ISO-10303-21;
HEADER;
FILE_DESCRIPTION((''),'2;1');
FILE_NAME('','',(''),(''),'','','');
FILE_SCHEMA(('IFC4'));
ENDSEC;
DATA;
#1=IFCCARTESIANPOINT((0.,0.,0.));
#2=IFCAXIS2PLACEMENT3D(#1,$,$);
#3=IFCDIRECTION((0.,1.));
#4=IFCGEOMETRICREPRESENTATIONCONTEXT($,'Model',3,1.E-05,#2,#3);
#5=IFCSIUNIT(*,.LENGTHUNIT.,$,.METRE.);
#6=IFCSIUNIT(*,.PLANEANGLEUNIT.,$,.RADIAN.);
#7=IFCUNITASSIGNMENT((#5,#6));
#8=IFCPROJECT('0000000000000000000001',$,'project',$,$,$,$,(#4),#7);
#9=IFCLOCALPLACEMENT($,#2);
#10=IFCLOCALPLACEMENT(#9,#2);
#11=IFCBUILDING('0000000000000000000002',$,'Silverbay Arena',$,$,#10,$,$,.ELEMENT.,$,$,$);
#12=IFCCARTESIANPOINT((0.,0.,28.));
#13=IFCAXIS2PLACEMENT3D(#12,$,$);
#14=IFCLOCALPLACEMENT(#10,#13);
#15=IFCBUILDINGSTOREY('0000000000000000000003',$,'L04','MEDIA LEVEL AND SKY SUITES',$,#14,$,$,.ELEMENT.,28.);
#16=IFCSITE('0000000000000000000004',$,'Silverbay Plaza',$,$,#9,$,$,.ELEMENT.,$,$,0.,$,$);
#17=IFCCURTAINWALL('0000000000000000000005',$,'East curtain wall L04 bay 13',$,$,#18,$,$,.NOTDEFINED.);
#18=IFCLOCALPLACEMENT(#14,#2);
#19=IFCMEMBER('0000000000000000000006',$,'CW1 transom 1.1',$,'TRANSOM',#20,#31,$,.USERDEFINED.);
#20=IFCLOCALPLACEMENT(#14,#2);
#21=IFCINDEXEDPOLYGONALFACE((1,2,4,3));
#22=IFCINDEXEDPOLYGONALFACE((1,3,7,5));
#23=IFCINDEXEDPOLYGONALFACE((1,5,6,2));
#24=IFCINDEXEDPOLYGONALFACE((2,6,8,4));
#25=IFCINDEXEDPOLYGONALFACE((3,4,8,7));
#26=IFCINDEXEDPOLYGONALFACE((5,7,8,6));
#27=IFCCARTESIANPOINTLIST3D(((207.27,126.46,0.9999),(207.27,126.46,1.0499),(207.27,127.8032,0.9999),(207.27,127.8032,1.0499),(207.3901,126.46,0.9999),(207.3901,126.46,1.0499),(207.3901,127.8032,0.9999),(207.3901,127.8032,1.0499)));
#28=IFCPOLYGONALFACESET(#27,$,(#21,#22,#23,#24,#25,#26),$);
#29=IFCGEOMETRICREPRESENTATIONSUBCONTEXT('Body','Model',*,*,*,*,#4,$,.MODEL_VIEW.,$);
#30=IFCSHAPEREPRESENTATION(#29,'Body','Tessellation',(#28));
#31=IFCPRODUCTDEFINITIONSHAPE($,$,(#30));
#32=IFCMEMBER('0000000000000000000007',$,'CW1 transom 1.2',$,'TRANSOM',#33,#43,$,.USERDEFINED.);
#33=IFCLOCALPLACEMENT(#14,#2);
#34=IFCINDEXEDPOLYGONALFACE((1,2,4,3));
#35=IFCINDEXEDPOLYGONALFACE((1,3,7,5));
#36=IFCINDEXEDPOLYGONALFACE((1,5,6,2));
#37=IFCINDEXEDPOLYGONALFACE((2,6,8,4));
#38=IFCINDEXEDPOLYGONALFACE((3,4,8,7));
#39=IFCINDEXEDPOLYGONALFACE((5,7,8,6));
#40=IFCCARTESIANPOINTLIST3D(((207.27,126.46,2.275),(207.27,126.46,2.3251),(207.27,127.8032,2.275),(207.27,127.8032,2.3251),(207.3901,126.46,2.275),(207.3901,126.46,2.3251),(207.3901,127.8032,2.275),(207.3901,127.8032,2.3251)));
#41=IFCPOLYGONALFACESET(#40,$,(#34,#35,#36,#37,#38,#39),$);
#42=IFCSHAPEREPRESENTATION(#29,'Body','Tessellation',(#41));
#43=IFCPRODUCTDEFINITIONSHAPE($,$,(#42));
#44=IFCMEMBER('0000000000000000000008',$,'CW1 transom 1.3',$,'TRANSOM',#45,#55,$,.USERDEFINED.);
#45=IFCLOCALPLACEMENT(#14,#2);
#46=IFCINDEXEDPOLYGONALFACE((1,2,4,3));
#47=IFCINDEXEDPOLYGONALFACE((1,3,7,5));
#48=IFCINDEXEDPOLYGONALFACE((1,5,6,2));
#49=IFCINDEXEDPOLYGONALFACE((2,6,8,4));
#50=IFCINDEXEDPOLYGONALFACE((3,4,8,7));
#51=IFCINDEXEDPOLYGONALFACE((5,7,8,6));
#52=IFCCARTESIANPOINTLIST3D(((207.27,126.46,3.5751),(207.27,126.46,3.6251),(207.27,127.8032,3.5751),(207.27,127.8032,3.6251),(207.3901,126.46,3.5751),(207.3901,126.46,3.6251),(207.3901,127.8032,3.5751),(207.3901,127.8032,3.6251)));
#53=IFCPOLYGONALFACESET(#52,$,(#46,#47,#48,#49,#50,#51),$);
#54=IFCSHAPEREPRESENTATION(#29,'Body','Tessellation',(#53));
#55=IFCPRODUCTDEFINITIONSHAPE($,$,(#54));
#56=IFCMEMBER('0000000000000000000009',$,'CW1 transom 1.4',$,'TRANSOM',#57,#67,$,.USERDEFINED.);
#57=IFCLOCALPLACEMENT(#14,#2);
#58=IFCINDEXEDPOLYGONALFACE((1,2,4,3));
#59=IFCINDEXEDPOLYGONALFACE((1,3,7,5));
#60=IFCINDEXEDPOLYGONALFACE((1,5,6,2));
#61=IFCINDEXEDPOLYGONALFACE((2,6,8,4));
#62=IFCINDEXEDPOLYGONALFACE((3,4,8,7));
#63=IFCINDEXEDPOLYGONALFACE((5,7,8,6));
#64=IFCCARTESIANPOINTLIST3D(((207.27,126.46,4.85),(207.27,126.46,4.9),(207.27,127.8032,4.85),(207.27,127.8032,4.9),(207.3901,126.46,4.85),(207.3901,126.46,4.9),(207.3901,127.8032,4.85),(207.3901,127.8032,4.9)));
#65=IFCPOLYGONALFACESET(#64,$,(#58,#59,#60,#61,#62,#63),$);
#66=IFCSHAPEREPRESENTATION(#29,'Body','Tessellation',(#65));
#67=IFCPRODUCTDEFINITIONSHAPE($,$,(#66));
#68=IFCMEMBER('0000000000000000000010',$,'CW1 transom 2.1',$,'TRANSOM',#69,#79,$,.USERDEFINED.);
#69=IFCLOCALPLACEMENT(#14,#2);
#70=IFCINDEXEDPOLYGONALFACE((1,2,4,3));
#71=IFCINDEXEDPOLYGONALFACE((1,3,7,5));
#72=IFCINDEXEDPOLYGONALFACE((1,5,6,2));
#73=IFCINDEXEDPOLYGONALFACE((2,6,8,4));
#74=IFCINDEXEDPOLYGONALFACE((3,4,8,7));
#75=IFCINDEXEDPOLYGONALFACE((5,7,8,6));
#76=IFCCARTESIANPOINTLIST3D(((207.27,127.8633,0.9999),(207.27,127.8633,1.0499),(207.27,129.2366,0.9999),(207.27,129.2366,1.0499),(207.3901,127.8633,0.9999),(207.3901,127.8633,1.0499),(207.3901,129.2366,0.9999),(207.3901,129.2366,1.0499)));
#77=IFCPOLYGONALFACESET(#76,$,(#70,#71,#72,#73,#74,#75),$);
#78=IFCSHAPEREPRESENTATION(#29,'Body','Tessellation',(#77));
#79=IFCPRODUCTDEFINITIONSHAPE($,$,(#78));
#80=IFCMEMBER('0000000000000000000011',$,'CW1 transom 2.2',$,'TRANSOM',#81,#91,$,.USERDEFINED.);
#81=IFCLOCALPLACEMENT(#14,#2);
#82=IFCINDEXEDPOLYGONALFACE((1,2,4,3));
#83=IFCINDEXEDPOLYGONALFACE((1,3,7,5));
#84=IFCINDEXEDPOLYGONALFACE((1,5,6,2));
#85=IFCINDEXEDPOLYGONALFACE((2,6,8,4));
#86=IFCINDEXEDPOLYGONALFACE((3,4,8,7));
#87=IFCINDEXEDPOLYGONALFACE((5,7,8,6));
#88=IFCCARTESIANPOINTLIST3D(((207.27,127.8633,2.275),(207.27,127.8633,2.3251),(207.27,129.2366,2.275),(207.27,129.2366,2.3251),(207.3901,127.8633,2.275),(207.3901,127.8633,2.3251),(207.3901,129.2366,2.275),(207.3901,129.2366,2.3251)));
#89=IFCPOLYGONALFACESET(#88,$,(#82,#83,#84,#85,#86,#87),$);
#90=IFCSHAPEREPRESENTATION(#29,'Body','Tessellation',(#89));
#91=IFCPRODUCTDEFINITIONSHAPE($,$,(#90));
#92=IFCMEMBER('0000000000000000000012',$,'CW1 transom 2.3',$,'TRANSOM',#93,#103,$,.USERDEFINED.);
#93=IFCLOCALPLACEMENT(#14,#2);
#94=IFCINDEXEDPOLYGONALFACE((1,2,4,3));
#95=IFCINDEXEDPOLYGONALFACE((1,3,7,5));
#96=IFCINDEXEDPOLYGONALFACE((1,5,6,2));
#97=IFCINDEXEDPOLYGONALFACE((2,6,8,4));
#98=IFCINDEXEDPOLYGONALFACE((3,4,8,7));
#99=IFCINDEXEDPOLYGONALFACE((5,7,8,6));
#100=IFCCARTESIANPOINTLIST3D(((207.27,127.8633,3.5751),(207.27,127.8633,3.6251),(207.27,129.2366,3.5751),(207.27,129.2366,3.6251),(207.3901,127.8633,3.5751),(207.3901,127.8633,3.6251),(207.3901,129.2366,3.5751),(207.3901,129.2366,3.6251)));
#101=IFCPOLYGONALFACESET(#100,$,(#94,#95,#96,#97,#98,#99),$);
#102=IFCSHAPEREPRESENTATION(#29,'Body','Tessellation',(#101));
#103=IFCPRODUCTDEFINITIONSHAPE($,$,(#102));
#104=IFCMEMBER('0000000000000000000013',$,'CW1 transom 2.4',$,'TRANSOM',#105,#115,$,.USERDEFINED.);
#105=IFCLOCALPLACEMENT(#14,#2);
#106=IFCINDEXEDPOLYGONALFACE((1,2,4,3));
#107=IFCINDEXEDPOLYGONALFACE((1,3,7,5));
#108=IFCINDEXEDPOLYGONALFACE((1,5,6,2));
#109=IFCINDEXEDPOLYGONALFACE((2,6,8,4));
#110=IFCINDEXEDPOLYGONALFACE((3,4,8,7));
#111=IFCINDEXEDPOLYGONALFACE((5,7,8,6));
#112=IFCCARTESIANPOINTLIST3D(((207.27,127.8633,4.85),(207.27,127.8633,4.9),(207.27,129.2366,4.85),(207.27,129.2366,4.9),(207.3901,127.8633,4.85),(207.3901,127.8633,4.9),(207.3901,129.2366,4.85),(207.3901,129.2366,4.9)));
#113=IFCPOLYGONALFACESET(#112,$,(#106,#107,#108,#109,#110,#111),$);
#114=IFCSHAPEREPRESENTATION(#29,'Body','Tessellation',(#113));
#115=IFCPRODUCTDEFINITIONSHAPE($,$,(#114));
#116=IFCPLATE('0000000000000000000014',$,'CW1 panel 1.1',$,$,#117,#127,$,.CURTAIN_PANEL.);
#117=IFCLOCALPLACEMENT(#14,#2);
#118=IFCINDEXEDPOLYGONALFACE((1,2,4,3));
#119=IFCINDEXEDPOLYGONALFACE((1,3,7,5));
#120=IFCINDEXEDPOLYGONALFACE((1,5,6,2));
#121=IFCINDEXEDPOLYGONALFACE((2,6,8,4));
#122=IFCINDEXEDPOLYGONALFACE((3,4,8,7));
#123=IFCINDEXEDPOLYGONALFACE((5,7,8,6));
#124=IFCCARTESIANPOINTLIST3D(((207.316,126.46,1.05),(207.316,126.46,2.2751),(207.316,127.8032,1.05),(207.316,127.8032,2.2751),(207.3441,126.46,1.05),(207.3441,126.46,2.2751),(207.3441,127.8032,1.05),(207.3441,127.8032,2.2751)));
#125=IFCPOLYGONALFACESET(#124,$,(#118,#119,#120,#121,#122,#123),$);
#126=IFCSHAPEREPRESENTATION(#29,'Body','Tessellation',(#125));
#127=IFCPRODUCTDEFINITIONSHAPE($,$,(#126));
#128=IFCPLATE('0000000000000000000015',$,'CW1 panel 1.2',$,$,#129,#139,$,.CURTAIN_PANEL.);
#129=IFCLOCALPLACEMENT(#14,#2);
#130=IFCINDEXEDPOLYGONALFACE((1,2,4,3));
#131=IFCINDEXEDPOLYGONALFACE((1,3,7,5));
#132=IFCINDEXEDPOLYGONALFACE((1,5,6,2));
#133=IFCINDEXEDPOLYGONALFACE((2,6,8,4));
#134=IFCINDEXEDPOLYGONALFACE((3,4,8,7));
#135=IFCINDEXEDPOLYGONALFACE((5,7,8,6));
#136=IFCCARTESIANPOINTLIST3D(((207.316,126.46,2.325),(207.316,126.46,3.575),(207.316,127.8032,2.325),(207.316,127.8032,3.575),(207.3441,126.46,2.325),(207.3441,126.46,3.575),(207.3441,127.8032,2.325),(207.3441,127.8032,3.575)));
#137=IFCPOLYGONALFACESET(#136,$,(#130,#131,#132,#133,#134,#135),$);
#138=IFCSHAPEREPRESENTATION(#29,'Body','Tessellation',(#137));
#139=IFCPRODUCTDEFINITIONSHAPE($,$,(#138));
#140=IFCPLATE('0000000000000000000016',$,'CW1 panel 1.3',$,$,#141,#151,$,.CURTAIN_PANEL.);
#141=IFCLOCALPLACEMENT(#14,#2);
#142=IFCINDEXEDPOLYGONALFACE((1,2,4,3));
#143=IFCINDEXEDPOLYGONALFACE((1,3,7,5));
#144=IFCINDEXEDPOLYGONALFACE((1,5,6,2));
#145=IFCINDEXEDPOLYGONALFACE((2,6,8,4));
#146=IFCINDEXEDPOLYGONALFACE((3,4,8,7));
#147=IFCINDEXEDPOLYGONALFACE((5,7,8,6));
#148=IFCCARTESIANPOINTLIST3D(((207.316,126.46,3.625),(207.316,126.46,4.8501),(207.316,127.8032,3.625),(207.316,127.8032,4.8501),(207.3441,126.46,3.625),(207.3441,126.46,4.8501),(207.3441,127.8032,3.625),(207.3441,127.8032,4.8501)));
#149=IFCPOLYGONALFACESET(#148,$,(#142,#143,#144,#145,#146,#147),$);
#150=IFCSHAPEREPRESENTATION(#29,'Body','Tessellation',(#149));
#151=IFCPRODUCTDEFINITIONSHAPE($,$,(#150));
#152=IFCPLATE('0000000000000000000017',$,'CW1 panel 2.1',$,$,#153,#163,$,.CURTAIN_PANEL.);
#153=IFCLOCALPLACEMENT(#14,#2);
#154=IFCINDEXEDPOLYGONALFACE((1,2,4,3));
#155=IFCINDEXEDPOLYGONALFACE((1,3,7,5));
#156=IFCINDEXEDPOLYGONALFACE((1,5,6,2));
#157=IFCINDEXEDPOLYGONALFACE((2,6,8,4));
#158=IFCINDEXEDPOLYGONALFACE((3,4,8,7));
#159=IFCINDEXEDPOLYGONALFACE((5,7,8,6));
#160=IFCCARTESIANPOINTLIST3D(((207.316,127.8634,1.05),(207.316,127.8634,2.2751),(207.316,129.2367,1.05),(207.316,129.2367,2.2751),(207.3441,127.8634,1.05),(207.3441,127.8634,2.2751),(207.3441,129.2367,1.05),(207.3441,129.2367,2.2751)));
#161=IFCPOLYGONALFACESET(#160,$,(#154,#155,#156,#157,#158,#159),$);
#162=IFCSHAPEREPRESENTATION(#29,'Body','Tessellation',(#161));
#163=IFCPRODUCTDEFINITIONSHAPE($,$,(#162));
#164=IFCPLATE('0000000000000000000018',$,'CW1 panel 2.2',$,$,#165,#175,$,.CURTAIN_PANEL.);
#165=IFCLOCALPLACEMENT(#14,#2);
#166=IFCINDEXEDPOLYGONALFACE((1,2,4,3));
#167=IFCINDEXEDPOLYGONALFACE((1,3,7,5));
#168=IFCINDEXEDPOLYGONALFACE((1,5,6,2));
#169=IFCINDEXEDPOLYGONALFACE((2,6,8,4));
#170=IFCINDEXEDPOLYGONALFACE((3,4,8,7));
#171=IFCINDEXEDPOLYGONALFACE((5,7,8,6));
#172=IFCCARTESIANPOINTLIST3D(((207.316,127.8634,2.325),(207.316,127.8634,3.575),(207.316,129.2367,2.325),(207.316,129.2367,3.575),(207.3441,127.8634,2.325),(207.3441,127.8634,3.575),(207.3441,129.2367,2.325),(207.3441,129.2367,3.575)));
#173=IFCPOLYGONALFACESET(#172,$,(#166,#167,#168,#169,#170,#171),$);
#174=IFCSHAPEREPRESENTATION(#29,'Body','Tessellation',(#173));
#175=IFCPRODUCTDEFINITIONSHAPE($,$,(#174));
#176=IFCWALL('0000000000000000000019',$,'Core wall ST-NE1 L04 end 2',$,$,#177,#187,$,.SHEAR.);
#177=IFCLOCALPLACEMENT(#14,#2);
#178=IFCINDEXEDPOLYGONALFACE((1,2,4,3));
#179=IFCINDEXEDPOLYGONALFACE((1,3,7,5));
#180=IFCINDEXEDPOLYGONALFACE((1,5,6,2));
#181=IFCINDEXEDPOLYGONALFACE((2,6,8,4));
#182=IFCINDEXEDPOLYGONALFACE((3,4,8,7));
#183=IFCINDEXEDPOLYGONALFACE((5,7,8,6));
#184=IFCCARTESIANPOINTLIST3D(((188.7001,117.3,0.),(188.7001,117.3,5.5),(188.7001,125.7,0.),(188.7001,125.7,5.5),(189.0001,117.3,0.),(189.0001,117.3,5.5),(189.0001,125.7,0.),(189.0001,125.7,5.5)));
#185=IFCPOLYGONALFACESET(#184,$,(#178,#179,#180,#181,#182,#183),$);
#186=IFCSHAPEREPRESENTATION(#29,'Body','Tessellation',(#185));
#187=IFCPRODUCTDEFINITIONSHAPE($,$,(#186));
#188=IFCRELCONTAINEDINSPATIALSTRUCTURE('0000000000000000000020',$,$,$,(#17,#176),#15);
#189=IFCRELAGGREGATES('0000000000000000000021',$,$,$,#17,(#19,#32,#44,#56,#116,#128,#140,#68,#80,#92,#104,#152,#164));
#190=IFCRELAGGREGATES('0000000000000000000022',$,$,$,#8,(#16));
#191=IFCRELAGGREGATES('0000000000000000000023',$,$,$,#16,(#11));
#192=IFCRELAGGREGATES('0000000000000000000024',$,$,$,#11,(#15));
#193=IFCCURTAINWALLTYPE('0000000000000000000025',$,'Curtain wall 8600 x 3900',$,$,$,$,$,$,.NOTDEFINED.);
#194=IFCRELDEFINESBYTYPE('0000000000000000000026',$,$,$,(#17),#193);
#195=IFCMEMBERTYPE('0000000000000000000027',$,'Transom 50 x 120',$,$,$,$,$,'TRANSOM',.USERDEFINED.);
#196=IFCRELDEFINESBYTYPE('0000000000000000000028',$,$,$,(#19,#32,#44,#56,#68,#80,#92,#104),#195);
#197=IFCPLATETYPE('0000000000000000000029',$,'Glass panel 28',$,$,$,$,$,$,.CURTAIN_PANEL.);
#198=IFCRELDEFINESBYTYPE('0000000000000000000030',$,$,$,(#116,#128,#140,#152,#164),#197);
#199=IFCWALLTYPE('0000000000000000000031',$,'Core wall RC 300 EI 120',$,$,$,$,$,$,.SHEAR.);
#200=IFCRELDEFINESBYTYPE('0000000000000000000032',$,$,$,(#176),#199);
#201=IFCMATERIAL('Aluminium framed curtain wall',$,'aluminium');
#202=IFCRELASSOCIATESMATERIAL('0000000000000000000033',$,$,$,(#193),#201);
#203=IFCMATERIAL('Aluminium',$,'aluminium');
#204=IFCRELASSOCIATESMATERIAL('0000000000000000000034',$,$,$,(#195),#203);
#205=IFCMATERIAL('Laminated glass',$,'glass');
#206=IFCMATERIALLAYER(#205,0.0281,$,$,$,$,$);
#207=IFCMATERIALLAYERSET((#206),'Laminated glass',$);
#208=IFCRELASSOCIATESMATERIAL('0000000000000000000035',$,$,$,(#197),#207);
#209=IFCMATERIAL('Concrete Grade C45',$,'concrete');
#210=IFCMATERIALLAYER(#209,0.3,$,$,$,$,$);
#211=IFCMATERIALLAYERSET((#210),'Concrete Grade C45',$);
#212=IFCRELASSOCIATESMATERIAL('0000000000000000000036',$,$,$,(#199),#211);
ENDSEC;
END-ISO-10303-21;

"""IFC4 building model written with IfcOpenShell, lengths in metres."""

from ifc_helpers import new_model, si_unit, direction, frame, frame_2d, origin, origin_2d, place, context, subcontext, project, spatial, rectangle, extrude, material, layer, layer_set, material_profile, profile_set, type_object, element, aggregate, save


model = new_model("IFC4")

# Units and contexts
model_context = context("Model", 3, precision=1e-05, world=origin(), true_north=direction((0.0, 1.0)))
body_context = subcontext(model_context, "Body", "Model", "MODEL_VIEW")
ifc_project = project(units=[si_unit("LENGTHUNIT", "METRE"), si_unit("PLANEANGLEUNIT", "RADIAN")], contexts=[model_context])

# Site, building, storey
site_placement = place(None, origin())
site = spatial("IfcSite", under=ifc_project, at=site_placement, Name="Silverbay Plaza", CompositionType="ELEMENT", RefElevation=0.0)
building_placement = place(site_placement, origin())
building = spatial("IfcBuilding", under=site, at=building_placement, Name="Silverbay Arena", CompositionType="ELEMENT")
storey_placement = place(building_placement, frame((0.0, 0.0, 28.0)))
storey = spatial("IfcBuildingStorey", under=building, at=storey_placement, Name="L04", Description="MEDIA LEVEL AND SKY SUITES", CompositionType="ELEMENT", Elevation=28.0)

# Curtain wall
ifc_material_1 = material(Name="Aluminium framed curtain wall", Category="aluminium")
curtain_wall_type = type_object("IfcCurtainWallType", Name="Curtain wall 8600 x 3900", PredefinedType="NOTDEFINED", material=ifc_material_1)
curtain_wall_placement = place(storey_placement, origin())
curtain_wall = element("IfcCurtainWall", 1, at=curtain_wall_placement, inside=storey, type_object=curtain_wall_type, Name="East curtain wall L04 bay 13", PredefinedType="NOTDEFINED")

# Members
ifc_material_2 = material(Name="Aluminium", Category="aluminium")
ifc_material_profile_1 = material_profile(ifc_material_2, rectangle(XDim=0.1201, YDim=0.05, at=origin_2d()), Name="Transom 50 x 120")
ifc_profile_set_1 = profile_set([ifc_material_profile_1], Name="Aluminium")
member_type_1 = type_object("IfcMemberType", Name="Transom 50 x 120", ElementType="TRANSOM", PredefinedType="USERDEFINED", material=ifc_profile_set_1)
member_1_placement = place(storey_placement, frame((207.3301, 126.46, 1.0249), z_axis=(0.0, 1.0, 0.0), x_axis=(-1.0, 0.0, 0.0)))
member_1 = element("IfcMember", 2, at=member_1_placement, type_object=member_type_1, Name="CW1 transom 1.1", ObjectType="TRANSOM", PredefinedType="USERDEFINED", context=body_context, shape_type="SweptSolid", body=[
    extrude(rectangle(XDim=0.1201, YDim=0.05, at=origin_2d()), origin(), (0.0, 0.0, 1.0), 1.3433),
])
member_2_placement = place(storey_placement, frame((207.3301, 126.46, 2.3), z_axis=(0.0, 1.0, 0.0), x_axis=(-1.0, 0.0, 0.0)))
member_2 = element("IfcMember", 3, at=member_2_placement, type_object=member_type_1, Name="CW1 transom 1.2", ObjectType="TRANSOM", PredefinedType="USERDEFINED", context=body_context, shape_type="SweptSolid", body=[
    extrude(rectangle(XDim=0.1201, YDim=0.05, at=origin_2d()), origin(), (0.0, 0.0, 1.0), 1.3433),
])
member_3_placement = place(storey_placement, frame((207.3301, 126.46, 3.6001), z_axis=(0.0, 1.0, 0.0), x_axis=(-1.0, 0.0, 0.0)))
member_3 = element("IfcMember", 4, at=member_3_placement, type_object=member_type_1, Name="CW1 transom 1.3", ObjectType="TRANSOM", PredefinedType="USERDEFINED", context=body_context, shape_type="SweptSolid", body=[
    extrude(rectangle(XDim=0.1201, YDim=0.05, at=origin_2d()), origin(), (0.0, 0.0, 1.0), 1.3433),
])
member_4_placement = place(storey_placement, frame((207.3301, 126.46, 4.875), z_axis=(0.0, 1.0, 0.0), x_axis=(-1.0, 0.0, 0.0)))
member_4 = element("IfcMember", 5, at=member_4_placement, type_object=member_type_1, Name="CW1 transom 1.4", ObjectType="TRANSOM", PredefinedType="USERDEFINED", context=body_context, shape_type="SweptSolid", body=[
    extrude(rectangle(XDim=0.1201, YDim=0.05, at=origin_2d()), origin(), (0.0, 0.0, 1.0), 1.3433),
])
member_5_placement = place(storey_placement, frame((207.3301, 127.8633, 1.0249), z_axis=(0.0, 1.0, 0.0), x_axis=(-1.0, 0.0, 0.0)))
member_5 = element("IfcMember", 6, at=member_5_placement, type_object=member_type_1, Name="CW1 transom 2.1", ObjectType="TRANSOM", PredefinedType="USERDEFINED", context=body_context, shape_type="SweptSolid", body=[
    extrude(rectangle(XDim=0.1201, YDim=0.05, at=origin_2d()), origin(), (0.0, 0.0, 1.0), 1.3733),
])
member_6_placement = place(storey_placement, frame((207.3301, 127.8633, 2.3), z_axis=(0.0, 1.0, 0.0), x_axis=(-1.0, 0.0, 0.0)))
member_6 = element("IfcMember", 7, at=member_6_placement, type_object=member_type_1, Name="CW1 transom 2.2", ObjectType="TRANSOM", PredefinedType="USERDEFINED", context=body_context, shape_type="SweptSolid", body=[
    extrude(rectangle(XDim=0.1201, YDim=0.05, at=origin_2d()), origin(), (0.0, 0.0, 1.0), 1.3733),
])
member_7_placement = place(storey_placement, frame((207.3301, 127.8633, 3.6001), z_axis=(0.0, 1.0, 0.0), x_axis=(-1.0, 0.0, 0.0)))
member_7 = element("IfcMember", 8, at=member_7_placement, type_object=member_type_1, Name="CW1 transom 2.3", ObjectType="TRANSOM", PredefinedType="USERDEFINED", context=body_context, shape_type="SweptSolid", body=[
    extrude(rectangle(XDim=0.1201, YDim=0.05, at=origin_2d()), origin(), (0.0, 0.0, 1.0), 1.3733),
])
member_8_placement = place(storey_placement, frame((207.3301, 127.8633, 4.875), z_axis=(0.0, 1.0, 0.0), x_axis=(-1.0, 0.0, 0.0)))
member_8 = element("IfcMember", 9, at=member_8_placement, type_object=member_type_1, Name="CW1 transom 2.4", ObjectType="TRANSOM", PredefinedType="USERDEFINED", context=body_context, shape_type="SweptSolid", body=[
    extrude(rectangle(XDim=0.1201, YDim=0.05, at=origin_2d()), origin(), (0.0, 0.0, 1.0), 1.3733),
])

# Plates
ifc_material_3 = material(Name="Laminated glass", Category="glass")
ifc_layer_1 = layer(ifc_material_3, 0.0281)
ifc_layer_set_1 = layer_set([ifc_layer_1], Name="Laminated glass")
plate_type = type_object("IfcPlateType", Name="Glass panel 28", PredefinedType="CURTAIN_PANEL", material=ifc_layer_set_1)
plate_1_placement = place(storey_placement, frame((207.3301, 127.1316, 1.05), z_axis=(0.0, 0.0, 1.0), x_axis=(0.0, 1.0, 0.0)))
plate_1 = element("IfcPlate", 10, at=plate_1_placement, type_object=plate_type, Name="CW1 panel 1.1", PredefinedType="CURTAIN_PANEL", context=body_context, shape_type="SweptSolid", body=[
    extrude(rectangle(XDim=1.3433, YDim=0.0281, at=origin_2d()), origin(), (0.0, 0.0, 1.0), 1.2251),
])
plate_2_placement = place(storey_placement, frame((207.3301, 127.1316, 2.325), z_axis=(0.0, 0.0, 1.0), x_axis=(0.0, 1.0, 0.0)))
plate_2 = element("IfcPlate", 11, at=plate_2_placement, type_object=plate_type, Name="CW1 panel 1.2", PredefinedType="CURTAIN_PANEL", context=body_context, shape_type="SweptSolid", body=[
    extrude(rectangle(XDim=1.3433, YDim=0.0281, at=origin_2d()), origin(), (0.0, 0.0, 1.0), 1.25),
])
plate_3_placement = place(storey_placement, frame((207.3301, 127.1316, 3.625), z_axis=(0.0, 0.0, 1.0), x_axis=(0.0, 1.0, 0.0)))
plate_3 = element("IfcPlate", 12, at=plate_3_placement, type_object=plate_type, Name="CW1 panel 1.3", PredefinedType="CURTAIN_PANEL", context=body_context, shape_type="SweptSolid", body=[
    extrude(rectangle(XDim=1.3433, YDim=0.0281, at=origin_2d()), origin(), (0.0, 0.0, 1.0), 1.2251),
])
plate_4_placement = place(storey_placement, frame((207.3301, 128.55, 1.05), z_axis=(0.0, 0.0, 1.0), x_axis=(0.0, 1.0, 0.0)))
plate_4 = element("IfcPlate", 13, at=plate_4_placement, type_object=plate_type, Name="CW1 panel 2.1", PredefinedType="CURTAIN_PANEL", context=body_context, shape_type="SweptSolid", body=[
    extrude(rectangle(XDim=1.3733, YDim=0.0281, at=origin_2d()), origin(), (0.0, 0.0, 1.0), 1.2251),
])
plate_5_placement = place(storey_placement, frame((207.3301, 128.55, 2.325), z_axis=(0.0, 0.0, 1.0), x_axis=(0.0, 1.0, 0.0)))
plate_5 = element("IfcPlate", 14, at=plate_5_placement, type_object=plate_type, Name="CW1 panel 2.2", PredefinedType="CURTAIN_PANEL", context=body_context, shape_type="SweptSolid", body=[
    extrude(rectangle(XDim=1.3733, YDim=0.0281, at=origin_2d()), origin(), (0.0, 0.0, 1.0), 1.25),
])
aggregate(curtain_wall, [member_1, member_2, member_3, member_4, plate_1, plate_2, plate_3, member_5, member_6, member_7, member_8, plate_4, plate_5])

# Wall
ifc_material_4 = material(Name="Concrete Grade C45", Category="concrete")
ifc_layer_2 = layer(ifc_material_4, 0.3)
ifc_layer_set_2 = layer_set([ifc_layer_2], Name="Concrete Grade C45")
wall_type_1 = type_object("IfcWallType", Name="Core wall RC 300 EI 120", PredefinedType="SHEAR", material=ifc_layer_set_2)
wall_1_placement = place(storey_placement, frame((188.8501, 117.3, 0.0), z_axis=(0.0, 0.0, 1.0), x_axis=(0.0, 1.0, 0.0)))
element("IfcWall", 15, at=wall_1_placement, inside=storey, type_object=wall_type_1, Name="Core wall ST-NE1 L04 end 2", PredefinedType="SHEAR", context=body_context, shape_type="SweptSolid", body=[
    extrude(rectangle(XDim=8.3999, YDim=0.3, at=frame_2d((4.2, 0.0))), origin(), (0.0, 0.0, 1.0), 5.5),
])

save(model, "model.ifc")
